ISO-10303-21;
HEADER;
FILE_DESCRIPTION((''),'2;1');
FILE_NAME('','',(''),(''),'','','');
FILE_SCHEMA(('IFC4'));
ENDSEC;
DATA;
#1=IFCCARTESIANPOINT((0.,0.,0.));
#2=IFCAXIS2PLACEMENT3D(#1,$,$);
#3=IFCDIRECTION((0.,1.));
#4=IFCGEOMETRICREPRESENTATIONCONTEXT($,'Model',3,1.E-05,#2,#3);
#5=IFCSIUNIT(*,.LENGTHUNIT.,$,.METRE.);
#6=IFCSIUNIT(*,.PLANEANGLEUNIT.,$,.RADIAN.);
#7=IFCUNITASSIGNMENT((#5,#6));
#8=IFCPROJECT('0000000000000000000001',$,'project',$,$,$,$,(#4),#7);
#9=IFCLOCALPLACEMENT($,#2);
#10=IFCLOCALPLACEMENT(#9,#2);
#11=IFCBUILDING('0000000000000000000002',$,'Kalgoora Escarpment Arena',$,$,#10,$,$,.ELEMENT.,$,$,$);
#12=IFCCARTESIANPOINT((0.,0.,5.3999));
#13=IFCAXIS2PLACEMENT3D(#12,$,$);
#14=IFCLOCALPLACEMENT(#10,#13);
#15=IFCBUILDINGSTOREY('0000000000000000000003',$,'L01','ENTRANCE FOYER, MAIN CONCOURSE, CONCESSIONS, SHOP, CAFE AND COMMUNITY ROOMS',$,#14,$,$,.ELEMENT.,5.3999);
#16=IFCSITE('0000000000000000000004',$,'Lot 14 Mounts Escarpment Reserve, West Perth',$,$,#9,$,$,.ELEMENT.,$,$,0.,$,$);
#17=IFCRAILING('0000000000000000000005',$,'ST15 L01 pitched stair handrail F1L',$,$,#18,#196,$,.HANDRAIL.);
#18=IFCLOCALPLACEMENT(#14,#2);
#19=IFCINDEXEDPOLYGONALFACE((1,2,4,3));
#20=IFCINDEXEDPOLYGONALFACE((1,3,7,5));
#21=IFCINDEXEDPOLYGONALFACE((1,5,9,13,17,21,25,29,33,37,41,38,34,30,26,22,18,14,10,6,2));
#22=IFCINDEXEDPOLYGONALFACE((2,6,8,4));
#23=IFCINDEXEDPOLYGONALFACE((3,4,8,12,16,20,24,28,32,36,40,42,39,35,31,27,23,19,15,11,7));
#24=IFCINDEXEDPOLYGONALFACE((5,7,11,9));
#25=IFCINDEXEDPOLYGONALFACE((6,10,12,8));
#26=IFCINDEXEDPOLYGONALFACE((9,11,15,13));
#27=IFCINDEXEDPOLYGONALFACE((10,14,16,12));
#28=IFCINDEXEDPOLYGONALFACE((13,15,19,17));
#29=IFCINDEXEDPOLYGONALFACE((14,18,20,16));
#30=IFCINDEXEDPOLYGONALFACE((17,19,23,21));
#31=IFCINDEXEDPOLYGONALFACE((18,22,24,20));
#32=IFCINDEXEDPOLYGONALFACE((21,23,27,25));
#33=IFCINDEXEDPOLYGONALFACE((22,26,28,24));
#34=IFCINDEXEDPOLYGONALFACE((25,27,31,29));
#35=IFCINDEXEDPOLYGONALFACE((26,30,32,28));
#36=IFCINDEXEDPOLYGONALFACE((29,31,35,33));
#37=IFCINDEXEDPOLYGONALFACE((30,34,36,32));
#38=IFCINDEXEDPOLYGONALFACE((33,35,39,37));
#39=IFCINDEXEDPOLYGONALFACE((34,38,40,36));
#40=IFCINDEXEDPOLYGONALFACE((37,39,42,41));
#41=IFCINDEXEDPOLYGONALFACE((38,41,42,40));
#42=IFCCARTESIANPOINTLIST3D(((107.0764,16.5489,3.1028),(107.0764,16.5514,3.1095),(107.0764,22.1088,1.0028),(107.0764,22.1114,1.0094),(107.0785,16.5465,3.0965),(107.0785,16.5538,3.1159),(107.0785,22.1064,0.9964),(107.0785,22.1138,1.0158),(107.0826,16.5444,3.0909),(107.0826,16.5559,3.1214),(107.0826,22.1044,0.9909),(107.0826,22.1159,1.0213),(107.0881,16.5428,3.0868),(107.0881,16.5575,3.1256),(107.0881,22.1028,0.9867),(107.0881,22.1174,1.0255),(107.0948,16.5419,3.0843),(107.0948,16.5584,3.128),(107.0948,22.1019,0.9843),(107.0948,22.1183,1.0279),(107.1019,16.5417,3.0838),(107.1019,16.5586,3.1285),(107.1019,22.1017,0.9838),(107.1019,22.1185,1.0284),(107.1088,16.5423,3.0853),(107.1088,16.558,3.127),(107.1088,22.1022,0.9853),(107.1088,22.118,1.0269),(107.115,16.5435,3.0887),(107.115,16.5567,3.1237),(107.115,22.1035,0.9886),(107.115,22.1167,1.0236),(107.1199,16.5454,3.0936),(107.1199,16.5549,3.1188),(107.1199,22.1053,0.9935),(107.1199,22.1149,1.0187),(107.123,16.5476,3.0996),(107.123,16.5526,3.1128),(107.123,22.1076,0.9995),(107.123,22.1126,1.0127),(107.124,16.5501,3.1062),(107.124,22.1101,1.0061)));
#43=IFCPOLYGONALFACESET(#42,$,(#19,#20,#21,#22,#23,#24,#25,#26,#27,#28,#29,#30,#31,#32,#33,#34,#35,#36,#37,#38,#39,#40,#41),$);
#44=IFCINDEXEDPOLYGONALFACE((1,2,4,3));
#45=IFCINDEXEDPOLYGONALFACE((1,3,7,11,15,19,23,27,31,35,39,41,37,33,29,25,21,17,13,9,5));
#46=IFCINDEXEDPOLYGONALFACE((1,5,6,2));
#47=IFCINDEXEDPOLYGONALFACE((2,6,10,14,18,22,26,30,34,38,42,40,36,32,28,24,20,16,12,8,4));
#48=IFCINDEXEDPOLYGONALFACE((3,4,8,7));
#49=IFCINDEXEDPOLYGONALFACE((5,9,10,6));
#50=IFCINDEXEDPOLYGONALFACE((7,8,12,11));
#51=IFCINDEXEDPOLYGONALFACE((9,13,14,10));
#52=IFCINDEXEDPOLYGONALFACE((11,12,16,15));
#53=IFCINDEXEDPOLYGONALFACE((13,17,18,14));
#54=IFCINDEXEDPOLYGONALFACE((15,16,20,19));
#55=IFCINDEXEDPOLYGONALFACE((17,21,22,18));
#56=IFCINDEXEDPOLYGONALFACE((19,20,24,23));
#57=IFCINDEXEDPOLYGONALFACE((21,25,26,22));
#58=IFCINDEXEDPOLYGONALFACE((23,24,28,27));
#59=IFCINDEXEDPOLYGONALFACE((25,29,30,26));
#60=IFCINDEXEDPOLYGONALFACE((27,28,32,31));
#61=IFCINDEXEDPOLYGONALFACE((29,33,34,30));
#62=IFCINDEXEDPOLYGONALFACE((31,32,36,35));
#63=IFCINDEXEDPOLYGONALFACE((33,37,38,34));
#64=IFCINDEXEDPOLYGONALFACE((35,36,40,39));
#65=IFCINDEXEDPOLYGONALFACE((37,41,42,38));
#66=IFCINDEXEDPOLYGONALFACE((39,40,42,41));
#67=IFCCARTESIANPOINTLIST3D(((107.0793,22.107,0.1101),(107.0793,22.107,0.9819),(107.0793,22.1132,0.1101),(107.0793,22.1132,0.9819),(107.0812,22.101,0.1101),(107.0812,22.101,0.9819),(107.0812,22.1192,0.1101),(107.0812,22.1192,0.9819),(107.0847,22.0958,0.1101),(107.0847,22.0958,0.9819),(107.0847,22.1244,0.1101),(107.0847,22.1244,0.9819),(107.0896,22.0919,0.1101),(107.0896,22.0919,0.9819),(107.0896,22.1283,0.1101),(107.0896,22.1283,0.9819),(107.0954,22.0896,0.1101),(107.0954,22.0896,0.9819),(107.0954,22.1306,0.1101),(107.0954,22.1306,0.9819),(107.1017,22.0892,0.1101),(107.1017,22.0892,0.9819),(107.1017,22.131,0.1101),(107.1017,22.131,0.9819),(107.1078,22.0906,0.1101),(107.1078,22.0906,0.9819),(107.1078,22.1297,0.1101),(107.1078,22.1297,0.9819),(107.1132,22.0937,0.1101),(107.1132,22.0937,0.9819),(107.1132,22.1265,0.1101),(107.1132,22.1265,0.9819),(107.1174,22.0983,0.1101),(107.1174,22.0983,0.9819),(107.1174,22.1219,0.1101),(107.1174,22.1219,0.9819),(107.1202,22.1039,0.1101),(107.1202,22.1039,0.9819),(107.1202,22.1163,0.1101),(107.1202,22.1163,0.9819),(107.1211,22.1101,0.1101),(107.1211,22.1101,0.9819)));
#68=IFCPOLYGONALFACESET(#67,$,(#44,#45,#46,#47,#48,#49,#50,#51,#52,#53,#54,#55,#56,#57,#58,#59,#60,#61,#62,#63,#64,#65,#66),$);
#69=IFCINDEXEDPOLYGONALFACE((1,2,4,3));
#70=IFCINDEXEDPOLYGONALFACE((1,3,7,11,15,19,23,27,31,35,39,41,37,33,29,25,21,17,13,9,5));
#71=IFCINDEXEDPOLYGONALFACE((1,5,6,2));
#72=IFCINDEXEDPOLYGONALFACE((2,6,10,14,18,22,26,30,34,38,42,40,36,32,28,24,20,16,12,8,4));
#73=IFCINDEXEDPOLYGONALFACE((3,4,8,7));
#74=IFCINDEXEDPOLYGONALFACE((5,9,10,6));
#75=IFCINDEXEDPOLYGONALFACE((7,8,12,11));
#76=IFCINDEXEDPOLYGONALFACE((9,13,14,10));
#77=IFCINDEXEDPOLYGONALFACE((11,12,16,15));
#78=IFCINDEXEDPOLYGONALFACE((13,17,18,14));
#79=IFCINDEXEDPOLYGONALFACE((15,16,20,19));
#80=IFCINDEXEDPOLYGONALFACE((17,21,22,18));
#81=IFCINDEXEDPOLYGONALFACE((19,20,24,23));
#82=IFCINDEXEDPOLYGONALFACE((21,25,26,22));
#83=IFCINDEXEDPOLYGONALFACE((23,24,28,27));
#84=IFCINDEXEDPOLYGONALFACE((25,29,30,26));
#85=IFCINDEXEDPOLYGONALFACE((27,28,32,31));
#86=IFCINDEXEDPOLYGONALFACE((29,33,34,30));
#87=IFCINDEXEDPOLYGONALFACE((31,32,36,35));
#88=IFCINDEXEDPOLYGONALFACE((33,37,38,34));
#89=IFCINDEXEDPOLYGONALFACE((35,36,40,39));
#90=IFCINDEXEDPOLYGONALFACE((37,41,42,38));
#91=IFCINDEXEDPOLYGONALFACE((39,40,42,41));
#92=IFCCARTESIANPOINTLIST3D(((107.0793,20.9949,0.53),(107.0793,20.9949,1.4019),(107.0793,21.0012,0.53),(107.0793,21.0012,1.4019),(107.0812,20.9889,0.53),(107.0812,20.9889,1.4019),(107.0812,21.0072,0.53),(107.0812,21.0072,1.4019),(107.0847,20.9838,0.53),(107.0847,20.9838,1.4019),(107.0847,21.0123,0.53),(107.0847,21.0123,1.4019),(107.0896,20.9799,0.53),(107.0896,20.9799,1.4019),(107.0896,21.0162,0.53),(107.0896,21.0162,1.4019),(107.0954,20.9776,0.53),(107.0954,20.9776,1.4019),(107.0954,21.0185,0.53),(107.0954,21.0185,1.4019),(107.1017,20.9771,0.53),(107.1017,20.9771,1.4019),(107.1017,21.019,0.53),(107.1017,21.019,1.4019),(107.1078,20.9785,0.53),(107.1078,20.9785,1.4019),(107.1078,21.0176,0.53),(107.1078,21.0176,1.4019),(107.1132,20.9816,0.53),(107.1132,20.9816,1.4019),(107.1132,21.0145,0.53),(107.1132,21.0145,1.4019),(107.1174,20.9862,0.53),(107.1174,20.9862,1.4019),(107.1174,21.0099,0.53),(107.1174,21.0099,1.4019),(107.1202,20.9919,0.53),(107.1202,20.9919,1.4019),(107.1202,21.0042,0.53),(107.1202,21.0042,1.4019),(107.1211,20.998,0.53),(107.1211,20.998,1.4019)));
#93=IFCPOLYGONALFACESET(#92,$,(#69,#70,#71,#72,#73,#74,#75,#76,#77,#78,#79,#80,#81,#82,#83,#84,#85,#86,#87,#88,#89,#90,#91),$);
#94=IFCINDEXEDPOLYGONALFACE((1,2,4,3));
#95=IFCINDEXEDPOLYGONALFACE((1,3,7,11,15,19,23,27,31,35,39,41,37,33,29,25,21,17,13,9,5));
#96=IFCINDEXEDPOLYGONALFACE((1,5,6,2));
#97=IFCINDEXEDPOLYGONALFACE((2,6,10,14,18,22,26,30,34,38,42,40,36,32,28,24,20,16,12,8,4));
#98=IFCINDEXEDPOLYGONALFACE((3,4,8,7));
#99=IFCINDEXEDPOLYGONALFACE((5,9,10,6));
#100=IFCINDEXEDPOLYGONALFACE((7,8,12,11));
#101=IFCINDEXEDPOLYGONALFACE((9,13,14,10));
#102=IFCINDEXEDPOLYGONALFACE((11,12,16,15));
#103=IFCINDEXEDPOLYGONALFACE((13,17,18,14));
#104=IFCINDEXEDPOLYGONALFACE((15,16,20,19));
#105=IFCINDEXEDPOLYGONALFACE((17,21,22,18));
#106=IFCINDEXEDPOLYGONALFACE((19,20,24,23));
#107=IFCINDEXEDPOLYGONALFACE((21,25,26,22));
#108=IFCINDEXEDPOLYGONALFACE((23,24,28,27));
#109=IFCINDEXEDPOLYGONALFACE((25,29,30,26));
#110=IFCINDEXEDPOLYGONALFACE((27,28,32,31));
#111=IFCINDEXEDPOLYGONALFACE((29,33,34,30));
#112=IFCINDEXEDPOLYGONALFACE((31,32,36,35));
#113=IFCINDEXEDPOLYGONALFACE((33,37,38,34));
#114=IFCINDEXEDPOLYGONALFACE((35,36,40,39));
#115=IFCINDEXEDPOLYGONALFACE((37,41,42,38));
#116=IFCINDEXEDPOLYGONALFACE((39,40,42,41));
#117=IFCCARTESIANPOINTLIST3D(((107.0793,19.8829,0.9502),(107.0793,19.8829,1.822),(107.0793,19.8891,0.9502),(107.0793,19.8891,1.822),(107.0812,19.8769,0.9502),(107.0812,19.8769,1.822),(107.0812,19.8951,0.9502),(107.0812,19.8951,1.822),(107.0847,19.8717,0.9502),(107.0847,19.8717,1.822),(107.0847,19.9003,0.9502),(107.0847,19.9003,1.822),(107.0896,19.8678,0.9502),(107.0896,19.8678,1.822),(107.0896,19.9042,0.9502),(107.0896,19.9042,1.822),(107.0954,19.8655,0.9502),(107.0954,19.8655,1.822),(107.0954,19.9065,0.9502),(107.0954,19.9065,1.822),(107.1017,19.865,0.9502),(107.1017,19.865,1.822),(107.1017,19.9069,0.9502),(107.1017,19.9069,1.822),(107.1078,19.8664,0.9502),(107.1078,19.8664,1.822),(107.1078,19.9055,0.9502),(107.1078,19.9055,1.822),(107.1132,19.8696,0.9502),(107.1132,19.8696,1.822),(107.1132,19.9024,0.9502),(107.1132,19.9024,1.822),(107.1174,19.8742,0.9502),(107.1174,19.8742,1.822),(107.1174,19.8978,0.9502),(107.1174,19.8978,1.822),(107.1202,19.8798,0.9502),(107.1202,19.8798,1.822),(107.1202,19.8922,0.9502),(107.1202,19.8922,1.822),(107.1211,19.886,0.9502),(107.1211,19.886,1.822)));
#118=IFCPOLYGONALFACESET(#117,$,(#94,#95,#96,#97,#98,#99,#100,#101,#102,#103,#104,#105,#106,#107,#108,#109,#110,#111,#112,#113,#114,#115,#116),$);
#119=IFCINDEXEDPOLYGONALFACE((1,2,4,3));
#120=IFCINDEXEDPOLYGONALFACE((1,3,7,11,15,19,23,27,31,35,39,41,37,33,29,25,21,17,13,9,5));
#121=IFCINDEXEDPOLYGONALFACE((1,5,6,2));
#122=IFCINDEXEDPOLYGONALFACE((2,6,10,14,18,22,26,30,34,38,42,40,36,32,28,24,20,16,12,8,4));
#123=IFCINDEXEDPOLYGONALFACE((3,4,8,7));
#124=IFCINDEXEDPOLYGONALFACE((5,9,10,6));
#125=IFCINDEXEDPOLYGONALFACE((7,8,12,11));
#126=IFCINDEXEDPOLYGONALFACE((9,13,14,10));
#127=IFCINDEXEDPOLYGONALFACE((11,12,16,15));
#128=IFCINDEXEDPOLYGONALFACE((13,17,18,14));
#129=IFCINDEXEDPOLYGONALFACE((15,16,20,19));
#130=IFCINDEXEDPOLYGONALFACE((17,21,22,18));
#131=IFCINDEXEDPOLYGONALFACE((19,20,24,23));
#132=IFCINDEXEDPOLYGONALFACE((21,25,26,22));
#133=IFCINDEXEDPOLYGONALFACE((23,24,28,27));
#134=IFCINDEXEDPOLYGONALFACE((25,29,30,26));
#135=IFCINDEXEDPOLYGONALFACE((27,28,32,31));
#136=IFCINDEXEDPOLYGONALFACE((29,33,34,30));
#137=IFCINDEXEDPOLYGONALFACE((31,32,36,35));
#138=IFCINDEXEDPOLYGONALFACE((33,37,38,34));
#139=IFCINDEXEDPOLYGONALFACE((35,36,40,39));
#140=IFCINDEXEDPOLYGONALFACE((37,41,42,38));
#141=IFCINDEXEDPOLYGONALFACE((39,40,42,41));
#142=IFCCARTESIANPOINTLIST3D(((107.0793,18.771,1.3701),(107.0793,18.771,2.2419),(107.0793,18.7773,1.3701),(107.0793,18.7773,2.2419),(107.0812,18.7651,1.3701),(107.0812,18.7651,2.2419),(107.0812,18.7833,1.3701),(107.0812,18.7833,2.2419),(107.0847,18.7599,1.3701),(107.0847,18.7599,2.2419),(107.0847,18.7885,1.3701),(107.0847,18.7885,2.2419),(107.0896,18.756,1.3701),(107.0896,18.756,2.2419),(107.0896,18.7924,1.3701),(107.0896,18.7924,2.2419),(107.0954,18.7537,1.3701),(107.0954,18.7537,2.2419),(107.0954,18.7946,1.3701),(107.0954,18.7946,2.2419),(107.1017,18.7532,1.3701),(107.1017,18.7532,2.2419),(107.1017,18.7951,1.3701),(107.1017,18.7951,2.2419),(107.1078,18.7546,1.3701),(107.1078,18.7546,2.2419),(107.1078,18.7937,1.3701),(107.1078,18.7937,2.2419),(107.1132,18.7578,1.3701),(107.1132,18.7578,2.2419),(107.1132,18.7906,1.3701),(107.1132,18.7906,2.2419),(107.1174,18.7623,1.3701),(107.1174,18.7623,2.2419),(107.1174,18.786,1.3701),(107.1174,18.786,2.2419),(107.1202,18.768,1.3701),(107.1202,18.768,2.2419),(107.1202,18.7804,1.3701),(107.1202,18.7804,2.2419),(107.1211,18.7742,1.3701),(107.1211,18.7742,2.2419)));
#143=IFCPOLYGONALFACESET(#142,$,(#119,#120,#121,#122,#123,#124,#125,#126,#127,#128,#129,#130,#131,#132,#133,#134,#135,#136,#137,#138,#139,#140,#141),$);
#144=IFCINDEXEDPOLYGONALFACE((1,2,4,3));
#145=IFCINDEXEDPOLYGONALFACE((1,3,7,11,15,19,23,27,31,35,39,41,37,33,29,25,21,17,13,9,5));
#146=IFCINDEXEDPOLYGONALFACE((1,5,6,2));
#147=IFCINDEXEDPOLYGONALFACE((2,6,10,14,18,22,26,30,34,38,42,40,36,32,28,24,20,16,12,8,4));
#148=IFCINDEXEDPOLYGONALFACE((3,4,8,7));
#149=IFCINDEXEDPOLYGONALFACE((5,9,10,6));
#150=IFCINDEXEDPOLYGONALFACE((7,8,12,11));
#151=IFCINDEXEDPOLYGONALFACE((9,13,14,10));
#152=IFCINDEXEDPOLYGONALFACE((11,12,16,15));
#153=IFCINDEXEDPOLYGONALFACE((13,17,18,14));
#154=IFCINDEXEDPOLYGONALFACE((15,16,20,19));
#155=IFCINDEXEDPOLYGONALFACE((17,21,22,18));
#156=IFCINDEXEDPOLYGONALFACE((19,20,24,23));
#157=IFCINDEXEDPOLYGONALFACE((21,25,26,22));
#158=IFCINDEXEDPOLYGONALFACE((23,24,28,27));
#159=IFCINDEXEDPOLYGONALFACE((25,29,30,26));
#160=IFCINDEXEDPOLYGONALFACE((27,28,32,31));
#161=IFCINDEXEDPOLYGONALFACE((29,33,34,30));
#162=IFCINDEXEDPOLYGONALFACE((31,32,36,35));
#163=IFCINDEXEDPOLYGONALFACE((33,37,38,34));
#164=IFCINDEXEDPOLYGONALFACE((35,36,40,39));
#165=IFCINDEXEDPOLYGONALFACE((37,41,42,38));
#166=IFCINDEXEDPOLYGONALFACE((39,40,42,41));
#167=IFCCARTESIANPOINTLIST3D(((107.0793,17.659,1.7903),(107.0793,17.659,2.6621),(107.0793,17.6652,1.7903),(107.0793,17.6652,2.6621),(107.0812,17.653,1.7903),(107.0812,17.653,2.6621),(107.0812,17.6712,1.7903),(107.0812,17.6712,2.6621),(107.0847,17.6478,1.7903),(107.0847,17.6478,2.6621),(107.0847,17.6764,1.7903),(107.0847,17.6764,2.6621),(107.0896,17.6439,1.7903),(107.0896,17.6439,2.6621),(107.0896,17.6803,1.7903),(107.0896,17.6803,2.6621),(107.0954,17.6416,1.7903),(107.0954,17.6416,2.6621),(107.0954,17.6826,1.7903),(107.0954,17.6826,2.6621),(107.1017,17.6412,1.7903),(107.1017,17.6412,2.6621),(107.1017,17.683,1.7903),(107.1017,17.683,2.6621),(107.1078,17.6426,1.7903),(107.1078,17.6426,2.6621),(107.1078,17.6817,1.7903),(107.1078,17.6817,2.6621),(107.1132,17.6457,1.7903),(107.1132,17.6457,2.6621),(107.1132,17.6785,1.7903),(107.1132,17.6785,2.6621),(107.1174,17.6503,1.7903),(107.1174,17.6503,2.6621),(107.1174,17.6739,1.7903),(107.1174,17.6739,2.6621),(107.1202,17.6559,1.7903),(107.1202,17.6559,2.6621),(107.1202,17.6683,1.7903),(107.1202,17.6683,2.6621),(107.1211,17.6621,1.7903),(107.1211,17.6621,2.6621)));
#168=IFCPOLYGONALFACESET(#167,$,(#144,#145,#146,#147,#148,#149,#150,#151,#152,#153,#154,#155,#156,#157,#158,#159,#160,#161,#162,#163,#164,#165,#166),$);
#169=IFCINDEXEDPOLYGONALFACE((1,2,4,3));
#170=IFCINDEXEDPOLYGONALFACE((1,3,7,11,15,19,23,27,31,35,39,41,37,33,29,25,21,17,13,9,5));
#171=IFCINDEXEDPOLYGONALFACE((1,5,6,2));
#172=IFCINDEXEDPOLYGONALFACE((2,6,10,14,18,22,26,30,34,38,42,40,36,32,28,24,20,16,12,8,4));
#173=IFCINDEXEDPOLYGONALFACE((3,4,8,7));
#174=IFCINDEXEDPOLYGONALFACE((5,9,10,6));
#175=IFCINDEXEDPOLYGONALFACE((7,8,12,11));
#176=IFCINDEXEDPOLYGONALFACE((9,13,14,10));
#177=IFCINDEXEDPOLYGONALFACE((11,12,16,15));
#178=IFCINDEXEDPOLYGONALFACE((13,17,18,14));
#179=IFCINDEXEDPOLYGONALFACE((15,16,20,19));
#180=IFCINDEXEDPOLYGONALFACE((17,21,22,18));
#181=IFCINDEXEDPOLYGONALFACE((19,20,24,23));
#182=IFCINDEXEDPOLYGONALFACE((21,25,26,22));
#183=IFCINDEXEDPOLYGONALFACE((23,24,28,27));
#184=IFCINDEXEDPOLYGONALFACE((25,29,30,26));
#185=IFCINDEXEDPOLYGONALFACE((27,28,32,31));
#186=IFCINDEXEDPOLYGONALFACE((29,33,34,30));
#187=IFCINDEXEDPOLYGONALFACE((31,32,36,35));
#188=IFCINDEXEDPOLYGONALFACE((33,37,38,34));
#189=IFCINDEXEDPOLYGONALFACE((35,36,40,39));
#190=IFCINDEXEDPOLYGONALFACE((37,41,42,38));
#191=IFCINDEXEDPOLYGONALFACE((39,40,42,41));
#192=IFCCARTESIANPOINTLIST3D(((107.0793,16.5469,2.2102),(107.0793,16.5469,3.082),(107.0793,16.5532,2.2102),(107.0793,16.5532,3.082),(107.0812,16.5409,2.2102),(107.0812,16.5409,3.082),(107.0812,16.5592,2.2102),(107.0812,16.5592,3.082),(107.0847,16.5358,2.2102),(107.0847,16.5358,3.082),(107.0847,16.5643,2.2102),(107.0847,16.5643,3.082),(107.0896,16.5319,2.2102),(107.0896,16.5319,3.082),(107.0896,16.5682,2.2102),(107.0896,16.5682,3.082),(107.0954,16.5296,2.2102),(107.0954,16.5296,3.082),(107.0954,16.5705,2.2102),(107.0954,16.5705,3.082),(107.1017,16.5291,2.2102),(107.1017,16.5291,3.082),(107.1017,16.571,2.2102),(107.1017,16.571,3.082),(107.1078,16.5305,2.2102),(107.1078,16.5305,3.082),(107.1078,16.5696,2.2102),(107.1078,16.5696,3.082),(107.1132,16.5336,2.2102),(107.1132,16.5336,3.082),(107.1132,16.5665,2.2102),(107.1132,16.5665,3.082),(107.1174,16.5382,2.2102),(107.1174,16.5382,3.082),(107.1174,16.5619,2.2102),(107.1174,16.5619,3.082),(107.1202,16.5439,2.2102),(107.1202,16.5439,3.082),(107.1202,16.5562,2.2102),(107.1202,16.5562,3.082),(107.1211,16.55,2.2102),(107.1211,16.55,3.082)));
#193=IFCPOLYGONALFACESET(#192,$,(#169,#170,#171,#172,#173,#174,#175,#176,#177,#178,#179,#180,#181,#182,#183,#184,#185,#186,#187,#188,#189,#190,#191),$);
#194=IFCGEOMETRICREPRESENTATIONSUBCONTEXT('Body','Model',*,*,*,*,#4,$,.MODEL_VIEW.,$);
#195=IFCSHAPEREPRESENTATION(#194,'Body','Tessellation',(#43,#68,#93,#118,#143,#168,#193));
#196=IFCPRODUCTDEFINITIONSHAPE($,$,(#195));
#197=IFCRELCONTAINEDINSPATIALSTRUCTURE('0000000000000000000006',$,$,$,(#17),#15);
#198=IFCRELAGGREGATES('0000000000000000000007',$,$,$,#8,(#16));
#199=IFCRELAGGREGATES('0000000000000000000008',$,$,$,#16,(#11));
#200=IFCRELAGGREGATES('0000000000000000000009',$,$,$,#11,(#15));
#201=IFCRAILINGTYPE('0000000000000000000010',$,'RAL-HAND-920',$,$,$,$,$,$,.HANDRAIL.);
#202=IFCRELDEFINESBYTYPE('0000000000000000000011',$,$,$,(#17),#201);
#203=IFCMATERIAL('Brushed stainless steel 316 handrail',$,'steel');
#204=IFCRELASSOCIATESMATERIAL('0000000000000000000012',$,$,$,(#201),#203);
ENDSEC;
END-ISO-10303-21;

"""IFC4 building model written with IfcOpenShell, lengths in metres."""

from ifc_helpers import new_model, si_unit, direction, frame, origin, origin_2d, place, context, subcontext, project, spatial, circle, extrude, material, type_object, element, save


model = new_model("IFC4")

# Units and contexts
model_context = context("Model", 3, precision=1e-05, world=origin(), true_north=direction((0.0, 1.0)))
body_context = subcontext(model_context, "Body", "Model", "MODEL_VIEW")
ifc_project = project(units=[si_unit("LENGTHUNIT", "METRE"), si_unit("PLANEANGLEUNIT", "RADIAN")], contexts=[model_context])

# Site, building, storey
site_placement = place(None, origin())
site = spatial("IfcSite", under=ifc_project, at=site_placement, Name="Lot 14 Mounts Escarpment Reserve, West Perth", CompositionType="ELEMENT", RefElevation=0.0)
building_placement = place(site_placement, origin())
building = spatial("IfcBuilding", under=site, at=building_placement, Name="Kalgoora Escarpment Arena", CompositionType="ELEMENT")
storey_placement = place(building_placement, frame((0.0, 0.0, 5.3999)))
storey = spatial("IfcBuildingStorey", under=building, at=storey_placement, Name="L01", Description="ENTRANCE FOYER, MAIN CONCOURSE, CONCESSIONS, SHOP, CAFE AND COMMUNITY ROOMS", CompositionType="ELEMENT", Elevation=5.3999)

# Railing
ifc_material_1 = material(Name="Brushed stainless steel 316 handrail", Category="steel")
railing_type_1 = type_object("IfcRailingType", Name="RAL-HAND-920", PredefinedType="HANDRAIL", material=ifc_material_1)
for number, where, name in (
    (1, (107.1001, 22.1101, 0.1101), "ST15 L01 pitched stair handrail F1L"),
):
    element("IfcRailing", number, at=place(storey_placement, frame(where)), inside=storey, type_object=railing_type_1, Name=name, PredefinedType="HANDRAIL", context=body_context, shape_type="SweptSolid", body=[
        extrude(circle(Radius=0.0239, at=origin_2d()), frame((0.0, 0.0, 0.896), z_axis=(0.0, -0.935493, 0.353346), x_axis=(1.0, 0.0, 0.0)), (0.0, 0.0, 1.0), 5.9434),
        extrude(circle(Radius=0.021, at=origin_2d()), origin(), (0.0, 0.0, 1.0), 0.8718),
        extrude(circle(Radius=0.021, at=origin_2d()), frame((0.0, -1.1121, 0.4199)), (0.0, 0.0, 1.0), 0.8718),
        extrude(circle(Radius=0.021, at=origin_2d()), frame((0.0, -2.2241, 0.8401)), (0.0, 0.0, 1.0), 0.8718),
        extrude(circle(Radius=0.021, at=origin_2d()), frame((0.0, -3.3359, 1.26)), (0.0, 0.0, 1.0), 0.8718),
        extrude(circle(Radius=0.021, at=origin_2d()), frame((0.0, -4.448, 1.6802)), (0.0, 0.0, 1.0), 0.8718),
        extrude(circle(Radius=0.021, at=origin_2d()), frame((0.0, -5.5601, 2.1001)), (0.0, 0.0, 1.0), 0.8718),
    ])

save(model, "model.ifc")
